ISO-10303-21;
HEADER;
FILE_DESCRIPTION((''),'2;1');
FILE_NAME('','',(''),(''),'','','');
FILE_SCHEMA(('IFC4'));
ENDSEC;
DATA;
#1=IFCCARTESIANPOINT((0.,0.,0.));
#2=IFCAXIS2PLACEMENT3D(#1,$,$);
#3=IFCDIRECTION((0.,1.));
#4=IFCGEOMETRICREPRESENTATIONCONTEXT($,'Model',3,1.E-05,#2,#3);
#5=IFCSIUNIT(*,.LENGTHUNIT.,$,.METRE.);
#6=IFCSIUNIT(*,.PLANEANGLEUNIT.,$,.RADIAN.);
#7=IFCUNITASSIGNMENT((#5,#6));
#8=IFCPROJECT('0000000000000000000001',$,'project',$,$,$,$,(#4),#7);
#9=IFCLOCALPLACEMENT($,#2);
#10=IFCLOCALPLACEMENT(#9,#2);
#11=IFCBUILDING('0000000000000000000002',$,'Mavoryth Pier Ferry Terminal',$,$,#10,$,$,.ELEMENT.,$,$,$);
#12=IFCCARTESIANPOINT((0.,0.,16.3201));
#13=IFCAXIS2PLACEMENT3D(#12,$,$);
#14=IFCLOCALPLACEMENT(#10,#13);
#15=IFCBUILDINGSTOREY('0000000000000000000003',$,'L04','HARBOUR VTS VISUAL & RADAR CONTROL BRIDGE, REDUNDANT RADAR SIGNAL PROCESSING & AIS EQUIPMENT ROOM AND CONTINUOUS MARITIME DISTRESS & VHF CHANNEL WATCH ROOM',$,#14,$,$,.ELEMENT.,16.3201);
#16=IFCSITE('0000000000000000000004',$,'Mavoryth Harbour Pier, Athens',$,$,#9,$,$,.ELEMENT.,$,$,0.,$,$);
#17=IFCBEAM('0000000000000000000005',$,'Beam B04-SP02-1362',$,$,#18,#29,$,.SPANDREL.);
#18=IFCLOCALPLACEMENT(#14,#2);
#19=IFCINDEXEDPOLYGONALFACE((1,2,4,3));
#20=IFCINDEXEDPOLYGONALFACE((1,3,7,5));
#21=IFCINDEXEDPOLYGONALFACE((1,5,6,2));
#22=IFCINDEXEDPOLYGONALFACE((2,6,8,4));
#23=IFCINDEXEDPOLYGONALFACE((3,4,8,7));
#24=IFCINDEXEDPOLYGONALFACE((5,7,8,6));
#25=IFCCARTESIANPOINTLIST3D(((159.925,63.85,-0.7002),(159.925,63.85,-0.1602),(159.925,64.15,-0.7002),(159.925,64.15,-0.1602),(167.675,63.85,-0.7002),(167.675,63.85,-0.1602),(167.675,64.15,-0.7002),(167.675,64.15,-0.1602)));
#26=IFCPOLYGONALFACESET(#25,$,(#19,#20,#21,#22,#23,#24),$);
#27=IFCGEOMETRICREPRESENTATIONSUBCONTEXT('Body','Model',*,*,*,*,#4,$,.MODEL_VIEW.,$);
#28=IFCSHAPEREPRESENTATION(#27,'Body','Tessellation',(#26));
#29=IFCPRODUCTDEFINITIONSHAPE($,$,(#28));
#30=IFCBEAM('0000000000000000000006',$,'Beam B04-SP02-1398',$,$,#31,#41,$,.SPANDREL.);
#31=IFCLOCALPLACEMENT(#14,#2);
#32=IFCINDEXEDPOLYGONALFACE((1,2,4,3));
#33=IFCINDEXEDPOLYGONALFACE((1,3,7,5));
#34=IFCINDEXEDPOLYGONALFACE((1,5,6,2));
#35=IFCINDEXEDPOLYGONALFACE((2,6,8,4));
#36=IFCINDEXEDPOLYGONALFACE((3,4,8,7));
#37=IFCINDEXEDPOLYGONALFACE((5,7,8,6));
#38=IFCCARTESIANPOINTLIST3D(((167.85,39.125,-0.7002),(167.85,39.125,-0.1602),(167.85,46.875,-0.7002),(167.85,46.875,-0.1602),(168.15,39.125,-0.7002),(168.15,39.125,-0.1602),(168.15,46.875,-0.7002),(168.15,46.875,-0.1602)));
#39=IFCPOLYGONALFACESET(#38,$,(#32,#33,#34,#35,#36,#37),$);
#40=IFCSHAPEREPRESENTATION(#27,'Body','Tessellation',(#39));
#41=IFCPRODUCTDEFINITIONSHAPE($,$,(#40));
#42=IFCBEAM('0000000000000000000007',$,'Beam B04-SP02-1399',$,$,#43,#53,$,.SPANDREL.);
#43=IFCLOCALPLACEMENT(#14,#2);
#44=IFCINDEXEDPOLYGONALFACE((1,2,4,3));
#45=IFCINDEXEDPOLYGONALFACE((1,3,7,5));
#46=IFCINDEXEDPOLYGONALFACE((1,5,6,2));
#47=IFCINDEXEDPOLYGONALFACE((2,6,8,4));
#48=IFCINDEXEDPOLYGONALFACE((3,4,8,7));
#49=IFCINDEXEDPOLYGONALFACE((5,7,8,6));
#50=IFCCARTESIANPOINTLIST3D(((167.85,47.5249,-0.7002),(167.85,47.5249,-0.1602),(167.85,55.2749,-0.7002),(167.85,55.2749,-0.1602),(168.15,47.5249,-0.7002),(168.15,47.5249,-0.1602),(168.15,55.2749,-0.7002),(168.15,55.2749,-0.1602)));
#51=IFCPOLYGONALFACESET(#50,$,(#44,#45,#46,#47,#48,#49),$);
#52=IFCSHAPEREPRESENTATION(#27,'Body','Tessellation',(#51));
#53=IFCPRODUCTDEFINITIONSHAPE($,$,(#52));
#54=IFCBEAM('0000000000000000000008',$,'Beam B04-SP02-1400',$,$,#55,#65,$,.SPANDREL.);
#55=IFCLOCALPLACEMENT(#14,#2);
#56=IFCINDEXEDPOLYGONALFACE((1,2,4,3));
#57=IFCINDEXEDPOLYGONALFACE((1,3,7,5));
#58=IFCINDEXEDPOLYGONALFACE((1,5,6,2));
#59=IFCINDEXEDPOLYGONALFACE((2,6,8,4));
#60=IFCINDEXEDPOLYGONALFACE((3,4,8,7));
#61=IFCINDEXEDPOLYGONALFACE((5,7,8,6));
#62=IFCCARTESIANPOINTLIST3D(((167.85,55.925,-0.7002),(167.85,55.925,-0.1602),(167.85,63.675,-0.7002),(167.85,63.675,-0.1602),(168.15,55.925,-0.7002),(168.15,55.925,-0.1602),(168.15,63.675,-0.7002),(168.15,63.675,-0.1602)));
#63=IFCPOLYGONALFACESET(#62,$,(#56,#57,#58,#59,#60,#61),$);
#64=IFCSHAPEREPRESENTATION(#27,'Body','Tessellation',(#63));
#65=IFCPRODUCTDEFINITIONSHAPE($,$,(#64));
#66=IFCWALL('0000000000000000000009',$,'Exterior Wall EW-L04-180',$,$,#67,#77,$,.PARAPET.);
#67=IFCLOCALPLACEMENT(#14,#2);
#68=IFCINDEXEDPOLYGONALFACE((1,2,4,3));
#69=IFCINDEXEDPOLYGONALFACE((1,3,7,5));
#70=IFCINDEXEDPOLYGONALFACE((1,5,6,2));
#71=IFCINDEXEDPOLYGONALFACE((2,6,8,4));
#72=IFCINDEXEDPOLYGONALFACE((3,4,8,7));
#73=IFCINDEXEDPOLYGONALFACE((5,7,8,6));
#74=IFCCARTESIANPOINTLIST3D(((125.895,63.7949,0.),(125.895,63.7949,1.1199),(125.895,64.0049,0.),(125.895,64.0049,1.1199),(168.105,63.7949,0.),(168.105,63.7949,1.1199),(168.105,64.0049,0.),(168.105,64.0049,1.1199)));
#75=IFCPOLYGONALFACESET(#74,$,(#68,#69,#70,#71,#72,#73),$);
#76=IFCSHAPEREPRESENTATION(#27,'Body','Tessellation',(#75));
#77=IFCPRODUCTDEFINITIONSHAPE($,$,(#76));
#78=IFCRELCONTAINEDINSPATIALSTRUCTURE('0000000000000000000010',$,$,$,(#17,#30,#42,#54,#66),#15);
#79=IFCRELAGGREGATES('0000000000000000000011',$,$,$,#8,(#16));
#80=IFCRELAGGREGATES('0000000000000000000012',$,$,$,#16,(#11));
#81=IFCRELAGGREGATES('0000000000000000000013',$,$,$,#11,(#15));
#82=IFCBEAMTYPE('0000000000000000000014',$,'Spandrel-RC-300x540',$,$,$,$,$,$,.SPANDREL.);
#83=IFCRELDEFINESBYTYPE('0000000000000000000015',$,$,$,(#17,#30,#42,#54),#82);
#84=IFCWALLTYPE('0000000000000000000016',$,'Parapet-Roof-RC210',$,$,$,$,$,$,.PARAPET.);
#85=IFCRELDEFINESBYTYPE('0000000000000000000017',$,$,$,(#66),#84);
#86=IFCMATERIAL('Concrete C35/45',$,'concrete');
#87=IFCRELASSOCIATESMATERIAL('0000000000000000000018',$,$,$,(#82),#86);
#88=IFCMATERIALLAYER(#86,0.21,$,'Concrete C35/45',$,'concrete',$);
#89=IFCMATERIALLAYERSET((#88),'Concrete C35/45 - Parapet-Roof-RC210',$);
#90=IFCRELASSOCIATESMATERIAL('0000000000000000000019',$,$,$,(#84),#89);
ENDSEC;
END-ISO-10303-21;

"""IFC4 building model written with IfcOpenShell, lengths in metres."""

from ifc_helpers import new_model, si_unit, direction, frame, frame_2d, origin, origin_2d, place, context, subcontext, project, spatial, rectangle, extrude, material, layer, layer_set, material_profile, profile_set, type_object, element, save


model = new_model("IFC4")

# Units and contexts
model_context = context("Model", 3, precision=1e-05, world=origin(), true_north=direction((0.0, 1.0)))
body_context = subcontext(model_context, "Body", "Model", "MODEL_VIEW")
ifc_project = project(units=[si_unit("LENGTHUNIT", "METRE"), si_unit("PLANEANGLEUNIT", "RADIAN")], contexts=[model_context])

# Site, building, storey
site_placement = place(None, origin())
site = spatial("IfcSite", under=ifc_project, at=site_placement, Name="Mavoryth Harbour Pier, Athens", CompositionType="ELEMENT", RefElevation=0.0)
building_placement = place(site_placement, origin())
building = spatial("IfcBuilding", under=site, at=building_placement, Name="Mavoryth Pier Ferry Terminal", CompositionType="ELEMENT")
storey_placement = place(building_placement, frame((0.0, 0.0, 16.3201)))
storey = spatial("IfcBuildingStorey", under=building, at=storey_placement, Name="L04", Description="HARBOUR VTS VISUAL & RADAR CONTROL BRIDGE, REDUNDANT RADAR SIGNAL PROCESSING & AIS EQUIPMENT ROOM AND CONTINUOUS MARITIME DISTRESS & VHF CHANNEL WATCH ROOM", CompositionType="ELEMENT", Elevation=16.3201)

# Beams
ifc_material = material(Name="Concrete C35/45", Category="concrete")
ifc_material_profile_1 = material_profile(ifc_material, rectangle(XDim=0.3, YDim=0.54, at=origin_2d()), Name="RC 300x540", Category="concrete")
ifc_profile_set_1 = profile_set([ifc_material_profile_1], Name="Concrete C35/45 - RC 300x540")
beam_type_1 = type_object("IfcBeamType", Name="Spandrel-RC-300x540", PredefinedType="SPANDREL", material=ifc_profile_set_1)
for number, where, z_axis, x_axis, name in (
    (1, (159.925, 64.0, -0.4302), (1.0, 0.0, 0.0), (0.0, 1.0, 0.0), "Beam B04-SP02-1362"),
    (2, (168.0, 39.125, -0.4302), (0.0, 1.0, 0.0), (-1.0, 0.0, 0.0), "Beam B04-SP02-1398"),
    (3, (168.0, 47.5249, -0.4302), (0.0, 1.0, 0.0), (-1.0, 0.0, 0.0), "Beam B04-SP02-1399"),
    (4, (168.0, 55.925, -0.4302), (0.0, 1.0, 0.0), (-1.0, 0.0, 0.0), "Beam B04-SP02-1400"),
):
    element("IfcBeam", number, at=place(storey_placement, frame(where, z_axis=z_axis, x_axis=x_axis)), inside=storey, type_object=beam_type_1, Name=name, PredefinedType="SPANDREL", context=body_context, shape_type="SweptSolid", body=[
        extrude(rectangle(XDim=0.3, YDim=0.54, at=origin_2d()), origin(), (0.0, 0.0, 1.0), 7.75),
    ])

# Wall
ifc_layer = layer(ifc_material, 0.21, Name="Concrete C35/45", Category="concrete")
ifc_layer_set = layer_set([ifc_layer], Name="Concrete C35/45 - Parapet-Roof-RC210")
wall_type = type_object("IfcWallType", Name="Parapet-Roof-RC210", PredefinedType="PARAPET", material=ifc_layer_set)
wall_placement = place(storey_placement, frame((168.105, 63.8999, 0.0), z_axis=(0.0, 0.0, 1.0), x_axis=(-1.0, 0.0, 0.0)))
element("IfcWall", 5, at=wall_placement, inside=storey, type_object=wall_type, Name="Exterior Wall EW-L04-180", PredefinedType="PARAPET", context=body_context, shape_type="SweptSolid", body=[
    extrude(rectangle(XDim=42.21, YDim=0.21, at=frame_2d((21.105, 0.0))), origin(), (0.0, 0.0, 1.0), 1.1199),
])

save(model, "model.ifc")
